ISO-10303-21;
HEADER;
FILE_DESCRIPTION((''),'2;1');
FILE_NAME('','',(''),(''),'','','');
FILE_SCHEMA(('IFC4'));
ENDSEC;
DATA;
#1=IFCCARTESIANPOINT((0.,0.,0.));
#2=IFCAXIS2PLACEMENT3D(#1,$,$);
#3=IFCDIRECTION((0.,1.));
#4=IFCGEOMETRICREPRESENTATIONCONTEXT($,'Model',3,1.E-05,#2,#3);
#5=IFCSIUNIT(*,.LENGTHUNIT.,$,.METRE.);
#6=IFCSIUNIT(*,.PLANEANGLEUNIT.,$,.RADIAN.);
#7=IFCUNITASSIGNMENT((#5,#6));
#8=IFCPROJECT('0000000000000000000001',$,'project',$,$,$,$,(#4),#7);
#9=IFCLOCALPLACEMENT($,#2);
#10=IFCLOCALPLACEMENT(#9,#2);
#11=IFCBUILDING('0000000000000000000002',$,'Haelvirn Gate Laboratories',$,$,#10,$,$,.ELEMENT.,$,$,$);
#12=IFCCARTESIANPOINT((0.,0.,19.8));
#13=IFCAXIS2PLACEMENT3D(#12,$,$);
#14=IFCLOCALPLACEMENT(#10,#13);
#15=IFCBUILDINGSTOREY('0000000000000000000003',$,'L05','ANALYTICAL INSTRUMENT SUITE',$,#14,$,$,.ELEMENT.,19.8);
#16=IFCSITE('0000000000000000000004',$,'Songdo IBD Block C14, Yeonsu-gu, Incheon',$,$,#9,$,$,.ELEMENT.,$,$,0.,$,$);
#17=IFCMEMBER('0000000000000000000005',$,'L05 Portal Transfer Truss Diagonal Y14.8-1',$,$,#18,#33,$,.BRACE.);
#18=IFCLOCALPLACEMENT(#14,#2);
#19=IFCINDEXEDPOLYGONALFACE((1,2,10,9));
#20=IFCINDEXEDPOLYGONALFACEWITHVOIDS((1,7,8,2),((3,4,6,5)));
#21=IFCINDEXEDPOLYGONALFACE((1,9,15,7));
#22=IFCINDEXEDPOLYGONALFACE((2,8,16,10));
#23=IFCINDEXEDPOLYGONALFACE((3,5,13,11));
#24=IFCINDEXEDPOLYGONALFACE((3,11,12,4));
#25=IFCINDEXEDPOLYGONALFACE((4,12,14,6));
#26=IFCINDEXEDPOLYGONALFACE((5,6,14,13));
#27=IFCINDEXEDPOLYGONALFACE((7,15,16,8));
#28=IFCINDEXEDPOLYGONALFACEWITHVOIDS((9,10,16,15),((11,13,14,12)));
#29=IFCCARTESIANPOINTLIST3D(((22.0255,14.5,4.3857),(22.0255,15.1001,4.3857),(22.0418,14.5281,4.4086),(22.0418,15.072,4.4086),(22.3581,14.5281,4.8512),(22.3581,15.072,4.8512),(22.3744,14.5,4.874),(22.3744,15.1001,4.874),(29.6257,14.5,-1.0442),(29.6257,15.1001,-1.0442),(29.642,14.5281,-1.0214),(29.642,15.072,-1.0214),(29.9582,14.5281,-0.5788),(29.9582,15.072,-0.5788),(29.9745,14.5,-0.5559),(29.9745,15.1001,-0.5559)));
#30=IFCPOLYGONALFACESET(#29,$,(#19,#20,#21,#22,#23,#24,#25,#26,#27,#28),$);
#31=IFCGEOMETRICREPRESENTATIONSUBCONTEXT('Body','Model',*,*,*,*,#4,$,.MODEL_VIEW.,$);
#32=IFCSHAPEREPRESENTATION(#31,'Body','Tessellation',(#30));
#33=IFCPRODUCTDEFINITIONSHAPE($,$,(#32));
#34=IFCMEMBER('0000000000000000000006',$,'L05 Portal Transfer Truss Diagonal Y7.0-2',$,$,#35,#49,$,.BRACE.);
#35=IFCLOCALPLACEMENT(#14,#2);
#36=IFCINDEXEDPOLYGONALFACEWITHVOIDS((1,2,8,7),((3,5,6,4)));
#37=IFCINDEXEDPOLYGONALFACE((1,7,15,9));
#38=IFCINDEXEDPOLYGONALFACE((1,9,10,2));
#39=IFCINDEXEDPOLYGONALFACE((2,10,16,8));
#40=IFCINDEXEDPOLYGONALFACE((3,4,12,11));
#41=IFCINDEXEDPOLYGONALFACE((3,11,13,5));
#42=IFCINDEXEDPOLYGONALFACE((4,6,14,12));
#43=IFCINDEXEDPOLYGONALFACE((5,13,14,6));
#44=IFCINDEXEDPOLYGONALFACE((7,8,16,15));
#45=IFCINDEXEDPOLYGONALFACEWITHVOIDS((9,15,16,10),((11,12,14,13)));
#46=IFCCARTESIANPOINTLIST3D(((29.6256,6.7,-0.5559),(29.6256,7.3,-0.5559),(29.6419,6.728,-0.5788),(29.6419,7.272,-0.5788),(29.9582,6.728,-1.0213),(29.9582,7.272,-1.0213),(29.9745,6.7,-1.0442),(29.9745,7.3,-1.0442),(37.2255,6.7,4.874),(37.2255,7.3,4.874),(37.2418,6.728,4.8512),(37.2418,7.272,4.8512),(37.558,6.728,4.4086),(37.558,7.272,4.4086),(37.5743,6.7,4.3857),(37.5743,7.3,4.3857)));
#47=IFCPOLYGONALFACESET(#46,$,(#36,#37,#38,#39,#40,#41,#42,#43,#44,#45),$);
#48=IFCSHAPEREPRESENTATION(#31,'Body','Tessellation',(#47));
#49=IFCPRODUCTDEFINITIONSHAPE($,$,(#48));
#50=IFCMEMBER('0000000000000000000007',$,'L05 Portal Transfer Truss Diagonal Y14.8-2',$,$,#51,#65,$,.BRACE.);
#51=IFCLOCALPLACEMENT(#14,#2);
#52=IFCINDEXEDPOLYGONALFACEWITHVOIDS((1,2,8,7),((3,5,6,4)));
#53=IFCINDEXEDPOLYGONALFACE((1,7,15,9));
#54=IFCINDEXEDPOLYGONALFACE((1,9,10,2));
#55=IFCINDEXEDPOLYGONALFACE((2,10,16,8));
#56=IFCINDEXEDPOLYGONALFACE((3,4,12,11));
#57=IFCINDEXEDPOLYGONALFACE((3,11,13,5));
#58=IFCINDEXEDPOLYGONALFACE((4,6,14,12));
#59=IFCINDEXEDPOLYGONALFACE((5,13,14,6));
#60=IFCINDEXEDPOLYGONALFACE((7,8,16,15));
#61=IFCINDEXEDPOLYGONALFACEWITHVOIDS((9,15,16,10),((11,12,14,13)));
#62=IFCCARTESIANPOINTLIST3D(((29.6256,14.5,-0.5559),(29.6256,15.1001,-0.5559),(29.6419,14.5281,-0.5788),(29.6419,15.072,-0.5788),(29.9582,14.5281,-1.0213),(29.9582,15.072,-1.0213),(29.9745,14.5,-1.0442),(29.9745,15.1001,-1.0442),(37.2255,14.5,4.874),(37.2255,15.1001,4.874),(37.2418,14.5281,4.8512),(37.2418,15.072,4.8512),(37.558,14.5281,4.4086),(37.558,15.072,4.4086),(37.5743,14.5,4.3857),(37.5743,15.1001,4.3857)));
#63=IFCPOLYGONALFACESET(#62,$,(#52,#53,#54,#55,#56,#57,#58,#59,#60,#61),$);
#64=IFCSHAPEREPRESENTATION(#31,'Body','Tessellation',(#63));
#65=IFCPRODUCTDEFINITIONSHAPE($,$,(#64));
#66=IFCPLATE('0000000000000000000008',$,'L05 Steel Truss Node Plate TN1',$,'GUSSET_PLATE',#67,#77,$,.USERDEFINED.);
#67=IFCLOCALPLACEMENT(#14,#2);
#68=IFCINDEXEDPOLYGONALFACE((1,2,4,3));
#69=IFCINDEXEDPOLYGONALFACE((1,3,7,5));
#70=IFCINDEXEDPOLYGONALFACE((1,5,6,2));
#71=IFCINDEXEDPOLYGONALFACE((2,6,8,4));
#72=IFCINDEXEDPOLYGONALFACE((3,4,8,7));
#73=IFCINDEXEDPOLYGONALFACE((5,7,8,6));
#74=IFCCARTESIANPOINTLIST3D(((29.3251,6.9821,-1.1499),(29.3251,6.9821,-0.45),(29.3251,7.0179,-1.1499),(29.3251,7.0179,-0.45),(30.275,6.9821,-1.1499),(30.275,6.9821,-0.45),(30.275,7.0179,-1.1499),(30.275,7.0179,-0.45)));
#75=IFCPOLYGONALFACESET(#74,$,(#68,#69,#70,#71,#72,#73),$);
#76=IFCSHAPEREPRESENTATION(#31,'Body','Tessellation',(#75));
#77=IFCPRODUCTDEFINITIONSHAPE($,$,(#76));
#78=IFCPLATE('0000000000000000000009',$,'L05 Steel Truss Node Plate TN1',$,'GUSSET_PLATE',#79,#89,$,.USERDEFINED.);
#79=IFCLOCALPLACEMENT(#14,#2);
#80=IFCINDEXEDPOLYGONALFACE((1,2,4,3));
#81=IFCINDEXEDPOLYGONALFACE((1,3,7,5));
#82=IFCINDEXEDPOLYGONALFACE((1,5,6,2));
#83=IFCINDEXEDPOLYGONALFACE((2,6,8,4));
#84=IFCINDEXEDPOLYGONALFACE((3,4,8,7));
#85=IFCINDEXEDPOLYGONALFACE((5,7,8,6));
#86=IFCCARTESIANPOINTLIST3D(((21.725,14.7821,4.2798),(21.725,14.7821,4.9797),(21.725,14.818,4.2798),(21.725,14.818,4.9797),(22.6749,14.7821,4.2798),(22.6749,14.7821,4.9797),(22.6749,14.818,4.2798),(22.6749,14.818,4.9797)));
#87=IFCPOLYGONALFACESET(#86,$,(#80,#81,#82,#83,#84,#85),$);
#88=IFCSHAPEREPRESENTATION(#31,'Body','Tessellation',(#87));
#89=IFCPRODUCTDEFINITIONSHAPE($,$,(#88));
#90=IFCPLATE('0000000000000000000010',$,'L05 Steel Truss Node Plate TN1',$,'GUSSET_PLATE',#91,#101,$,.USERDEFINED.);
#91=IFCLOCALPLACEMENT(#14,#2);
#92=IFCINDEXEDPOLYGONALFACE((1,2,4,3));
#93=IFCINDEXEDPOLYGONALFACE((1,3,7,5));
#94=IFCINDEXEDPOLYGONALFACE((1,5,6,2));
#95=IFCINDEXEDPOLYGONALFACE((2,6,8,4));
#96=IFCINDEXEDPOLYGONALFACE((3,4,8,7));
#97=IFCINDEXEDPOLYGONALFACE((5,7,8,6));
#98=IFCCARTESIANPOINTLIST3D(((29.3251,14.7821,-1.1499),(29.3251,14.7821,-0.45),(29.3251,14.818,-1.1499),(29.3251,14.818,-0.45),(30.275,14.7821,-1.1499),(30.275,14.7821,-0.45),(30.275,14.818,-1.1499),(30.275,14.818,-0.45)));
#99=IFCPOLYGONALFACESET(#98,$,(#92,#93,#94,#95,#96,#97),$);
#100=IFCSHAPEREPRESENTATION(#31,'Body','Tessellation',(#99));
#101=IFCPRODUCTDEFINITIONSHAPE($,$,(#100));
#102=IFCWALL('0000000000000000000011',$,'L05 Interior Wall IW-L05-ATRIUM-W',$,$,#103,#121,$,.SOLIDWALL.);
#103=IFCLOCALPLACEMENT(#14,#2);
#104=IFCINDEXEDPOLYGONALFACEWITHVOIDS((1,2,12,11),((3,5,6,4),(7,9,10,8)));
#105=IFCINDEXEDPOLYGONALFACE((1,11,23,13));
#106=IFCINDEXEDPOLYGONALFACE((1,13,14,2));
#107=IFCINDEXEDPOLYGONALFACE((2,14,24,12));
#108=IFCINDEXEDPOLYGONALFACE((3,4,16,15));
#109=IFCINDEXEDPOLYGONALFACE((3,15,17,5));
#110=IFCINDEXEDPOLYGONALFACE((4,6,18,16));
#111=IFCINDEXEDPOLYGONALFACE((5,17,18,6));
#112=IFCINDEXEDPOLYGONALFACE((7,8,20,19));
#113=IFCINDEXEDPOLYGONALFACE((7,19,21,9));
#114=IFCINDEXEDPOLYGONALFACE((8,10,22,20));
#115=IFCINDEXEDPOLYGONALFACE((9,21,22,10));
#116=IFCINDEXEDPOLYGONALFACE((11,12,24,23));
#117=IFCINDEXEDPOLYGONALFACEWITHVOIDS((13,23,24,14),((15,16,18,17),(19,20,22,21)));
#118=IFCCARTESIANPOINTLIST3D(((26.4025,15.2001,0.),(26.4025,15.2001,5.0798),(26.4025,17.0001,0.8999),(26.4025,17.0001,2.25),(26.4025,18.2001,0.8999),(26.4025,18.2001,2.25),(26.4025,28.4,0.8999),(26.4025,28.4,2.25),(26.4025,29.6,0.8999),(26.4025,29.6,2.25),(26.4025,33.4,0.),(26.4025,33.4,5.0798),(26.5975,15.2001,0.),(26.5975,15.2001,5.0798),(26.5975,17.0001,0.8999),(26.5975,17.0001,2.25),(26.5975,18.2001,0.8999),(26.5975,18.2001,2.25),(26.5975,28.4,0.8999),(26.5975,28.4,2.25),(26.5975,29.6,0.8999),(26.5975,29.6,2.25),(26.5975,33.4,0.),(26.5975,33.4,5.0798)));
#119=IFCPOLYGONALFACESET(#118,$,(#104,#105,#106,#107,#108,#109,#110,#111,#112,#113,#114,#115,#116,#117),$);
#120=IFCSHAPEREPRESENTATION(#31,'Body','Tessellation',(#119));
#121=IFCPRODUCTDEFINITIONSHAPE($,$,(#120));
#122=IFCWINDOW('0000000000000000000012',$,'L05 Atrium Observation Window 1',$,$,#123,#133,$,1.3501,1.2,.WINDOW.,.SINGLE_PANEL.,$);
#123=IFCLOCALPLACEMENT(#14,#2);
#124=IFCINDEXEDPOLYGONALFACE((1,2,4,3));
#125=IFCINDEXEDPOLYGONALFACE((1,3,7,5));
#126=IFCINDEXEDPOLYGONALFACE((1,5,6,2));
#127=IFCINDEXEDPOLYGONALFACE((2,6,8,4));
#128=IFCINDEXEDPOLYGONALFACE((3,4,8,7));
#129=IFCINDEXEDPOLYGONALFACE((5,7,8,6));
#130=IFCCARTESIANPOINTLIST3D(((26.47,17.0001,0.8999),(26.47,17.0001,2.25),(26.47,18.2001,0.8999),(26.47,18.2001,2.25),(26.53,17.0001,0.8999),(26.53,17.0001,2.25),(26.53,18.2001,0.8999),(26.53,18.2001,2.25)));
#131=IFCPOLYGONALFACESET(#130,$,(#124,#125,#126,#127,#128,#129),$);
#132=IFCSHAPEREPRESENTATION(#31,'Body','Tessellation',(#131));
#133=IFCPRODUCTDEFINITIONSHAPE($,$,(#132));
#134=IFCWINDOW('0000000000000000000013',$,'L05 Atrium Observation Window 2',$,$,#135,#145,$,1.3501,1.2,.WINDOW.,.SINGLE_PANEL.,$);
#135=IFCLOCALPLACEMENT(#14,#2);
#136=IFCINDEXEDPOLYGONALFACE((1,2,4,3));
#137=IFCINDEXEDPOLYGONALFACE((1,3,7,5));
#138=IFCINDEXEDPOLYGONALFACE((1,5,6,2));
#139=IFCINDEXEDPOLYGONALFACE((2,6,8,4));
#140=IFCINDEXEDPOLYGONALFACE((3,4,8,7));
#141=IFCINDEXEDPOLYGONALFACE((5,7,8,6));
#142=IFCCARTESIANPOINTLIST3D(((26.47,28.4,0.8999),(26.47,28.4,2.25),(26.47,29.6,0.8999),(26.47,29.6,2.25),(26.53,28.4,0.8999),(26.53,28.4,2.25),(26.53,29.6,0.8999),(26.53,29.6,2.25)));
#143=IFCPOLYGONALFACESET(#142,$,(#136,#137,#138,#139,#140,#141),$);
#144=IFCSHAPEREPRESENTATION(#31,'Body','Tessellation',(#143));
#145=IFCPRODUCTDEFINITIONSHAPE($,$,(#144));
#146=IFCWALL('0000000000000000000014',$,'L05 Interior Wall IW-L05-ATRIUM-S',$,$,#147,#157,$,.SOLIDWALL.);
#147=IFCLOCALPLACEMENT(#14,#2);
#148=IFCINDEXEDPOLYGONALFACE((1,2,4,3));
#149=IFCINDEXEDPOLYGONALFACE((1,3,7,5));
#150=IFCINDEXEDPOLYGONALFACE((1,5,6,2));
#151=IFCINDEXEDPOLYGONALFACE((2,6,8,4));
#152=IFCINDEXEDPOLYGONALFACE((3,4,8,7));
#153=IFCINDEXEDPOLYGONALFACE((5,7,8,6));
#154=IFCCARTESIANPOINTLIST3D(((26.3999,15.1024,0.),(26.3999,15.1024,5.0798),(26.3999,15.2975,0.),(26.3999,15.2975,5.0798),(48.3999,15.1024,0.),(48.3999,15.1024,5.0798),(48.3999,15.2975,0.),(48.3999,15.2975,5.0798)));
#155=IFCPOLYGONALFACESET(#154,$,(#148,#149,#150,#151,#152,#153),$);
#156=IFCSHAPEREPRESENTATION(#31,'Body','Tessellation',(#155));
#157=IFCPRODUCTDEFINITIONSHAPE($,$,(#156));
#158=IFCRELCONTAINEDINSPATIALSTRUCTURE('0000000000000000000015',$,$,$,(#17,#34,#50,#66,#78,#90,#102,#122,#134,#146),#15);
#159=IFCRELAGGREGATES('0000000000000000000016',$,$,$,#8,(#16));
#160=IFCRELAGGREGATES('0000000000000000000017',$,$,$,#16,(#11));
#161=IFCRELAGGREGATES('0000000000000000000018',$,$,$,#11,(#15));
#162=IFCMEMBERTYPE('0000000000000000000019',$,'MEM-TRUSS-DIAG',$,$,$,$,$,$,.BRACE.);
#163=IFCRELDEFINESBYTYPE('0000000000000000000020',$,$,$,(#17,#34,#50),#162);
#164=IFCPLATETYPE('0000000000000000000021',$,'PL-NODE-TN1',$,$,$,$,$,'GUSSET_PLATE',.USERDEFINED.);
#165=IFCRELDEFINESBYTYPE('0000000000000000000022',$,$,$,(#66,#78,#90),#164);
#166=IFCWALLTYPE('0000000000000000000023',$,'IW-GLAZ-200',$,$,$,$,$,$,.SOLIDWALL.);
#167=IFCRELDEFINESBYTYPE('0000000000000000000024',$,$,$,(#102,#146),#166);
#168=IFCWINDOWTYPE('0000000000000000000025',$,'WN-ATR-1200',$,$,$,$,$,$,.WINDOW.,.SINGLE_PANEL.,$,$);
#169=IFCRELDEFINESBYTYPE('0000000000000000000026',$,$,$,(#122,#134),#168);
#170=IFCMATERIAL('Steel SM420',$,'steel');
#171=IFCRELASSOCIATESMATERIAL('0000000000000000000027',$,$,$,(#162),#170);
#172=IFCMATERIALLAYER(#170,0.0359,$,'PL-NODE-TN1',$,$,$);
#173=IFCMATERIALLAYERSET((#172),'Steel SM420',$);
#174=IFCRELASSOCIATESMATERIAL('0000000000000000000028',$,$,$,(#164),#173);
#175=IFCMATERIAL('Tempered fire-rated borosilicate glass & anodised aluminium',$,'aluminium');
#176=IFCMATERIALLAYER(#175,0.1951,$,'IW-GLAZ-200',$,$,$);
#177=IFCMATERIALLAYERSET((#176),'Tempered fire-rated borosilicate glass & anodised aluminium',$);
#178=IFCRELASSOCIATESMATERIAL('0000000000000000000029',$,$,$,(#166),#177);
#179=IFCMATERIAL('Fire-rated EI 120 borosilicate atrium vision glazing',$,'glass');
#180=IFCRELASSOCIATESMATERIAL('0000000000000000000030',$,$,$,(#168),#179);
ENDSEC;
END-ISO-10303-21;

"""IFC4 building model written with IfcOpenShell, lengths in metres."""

from ifc_helpers import new_model, si_unit, direction, frame, frame_2d, origin, origin_2d, place, context, subcontext, project, spatial, rectangle, hollow_rectangle, extrude, source, transform, mapped, material, layer, layer_set, material_profile, profile_set, type_object, type_shapes, element, fill, save


model = new_model("IFC4")

# Units and contexts
model_context = context("Model", 3, precision=1e-05, world=origin(), true_north=direction((0.0, 1.0)))
body_context = subcontext(model_context, "Body", "Model", "MODEL_VIEW")
ifc_project = project(units=[si_unit("LENGTHUNIT", "METRE"), si_unit("PLANEANGLEUNIT", "RADIAN")], contexts=[model_context])

# Site, building, storey
site_placement = place(None, origin())
site = spatial("IfcSite", under=ifc_project, at=site_placement, Name="Songdo IBD Block C14, Yeonsu-gu, Incheon", CompositionType="ELEMENT", RefElevation=0.0)
building_placement = place(site_placement, origin())
building = spatial("IfcBuilding", under=site, at=building_placement, Name="Haelvirn Gate Laboratories", CompositionType="ELEMENT")
storey_placement = place(building_placement, frame((0.0, 0.0, 19.8)))
storey = spatial("IfcBuildingStorey", under=building, at=storey_placement, Name="L05", Description="ANALYTICAL INSTRUMENT SUITE", CompositionType="ELEMENT", Elevation=19.8)

# Shared definitions
ifc_material_1 = material(Name="Steel SM420", Category="steel")

# Members
ifc_material_profile_1 = material_profile(ifc_material_1, hollow_rectangle(XDim=0.6001, YDim=0.6001, WallThickness=0.0281, at=origin_2d()), Name="BOX-600x600x28")
ifc_profile_set_1 = profile_set([ifc_material_profile_1], Name="Steel SM420")
member_type = type_object("IfcMemberType", Name="MEM-TRUSS-DIAG", PredefinedType="BRACE", material=ifc_profile_set_1)
shared_shape_1 = source(origin(), body_context, "Body", "SweptSolid", [
    extrude(hollow_rectangle(XDim=0.6001, YDim=0.6001, WallThickness=0.0281, at=origin_2d()), origin(), (0.0, 0.0, 1.0), 9.3406),
])
member_placement = place(storey_placement, frame((22.2, 14.8, 4.6299), z_axis=(0.813668, 0.0, -0.58133), x_axis=(0.0, 1.0, 0.0)))
element("IfcMember", 1, at=member_placement, inside=storey, type_object=member_type, Name="L05 Portal Transfer Truss Diagonal Y14.8-1", PredefinedType="BRACE", context=body_context, shape_type="MappedRepresentation", body=[
    mapped(shared_shape_1, transform((0.0, 0.0, 0.0), scale=1.0)),
])
shared_shape_2 = source(origin(), body_context, "Body", "SweptSolid", [
    extrude(hollow_rectangle(XDim=0.6001, YDim=0.6001, WallThickness=0.0281, at=origin_2d()), origin(), (0.0, 0.0, 1.0), 9.3403),
])
type_shapes(member_type, [shared_shape_1, shared_shape_2])
for number, where, z_axis, x_axis, name in (
    (2, (29.8, 7.0, -0.8), (0.813659, 0.0, 0.581342), (0.0, 1.0, 0.0), "L05 Portal Transfer Truss Diagonal Y7.0-2"),
    (3, (29.8, 14.8, -0.8), (0.813659, 0.0, 0.581342), (0.0, 1.0, 0.0), "L05 Portal Transfer Truss Diagonal Y14.8-2"),
):
    element("IfcMember", number, at=place(storey_placement, frame(where, z_axis=z_axis, x_axis=x_axis)), inside=storey, type_object=member_type, Name=name, PredefinedType="BRACE", context=body_context, shape_type="MappedRepresentation", body=[
        mapped(shared_shape_2, transform((0.0, 0.0, 0.0), scale=1.0)),
    ])

# Plates
ifc_layer_1 = layer(ifc_material_1, 0.0359, Name="PL-NODE-TN1")
ifc_layer_set_1 = layer_set([ifc_layer_1], Name="Steel SM420")
plate_type = type_object("IfcPlateType", Name="PL-NODE-TN1", ElementType="GUSSET_PLATE", PredefinedType="USERDEFINED", material=ifc_layer_set_1)
shared_shape_3 = source(origin(), body_context, "Body", "SweptSolid", [
    extrude(rectangle(XDim=0.95, YDim=0.0359, at=origin_2d()), origin(), (0.0, 0.0, 1.0), 0.7),
])
type_shapes(plate_type, [shared_shape_3])
for number, where, z_axis, x_axis, name in (
    (4, (29.8, 7.0, -1.1499), (0.0, 0.0, 1.0), (1.0, 0.0, 0.0), "L05 Steel Truss Node Plate TN1"),
    (5, (22.2, 14.8, 4.2798), (0.0, 0.0, 1.0), (1.0, 0.0, 0.0), "L05 Steel Truss Node Plate TN1"),
    (6, (29.8, 14.8, -1.1499), (0.0, 0.0, 1.0), (1.0, 0.0, 0.0), "L05 Steel Truss Node Plate TN1"),
):
    element("IfcPlate", number, at=place(storey_placement, frame(where, z_axis=z_axis, x_axis=x_axis)), inside=storey, type_object=plate_type, Name=name, ObjectType="GUSSET_PLATE", PredefinedType="USERDEFINED", context=body_context, shape_type="MappedRepresentation", body=[
        mapped(shared_shape_3, transform((0.0, 0.0, 0.0), scale=1.0)),
    ])

# Wall, openings, windows
ifc_material_2 = material(Name="Tempered fire-rated borosilicate glass & anodised aluminium", Category="aluminium")
ifc_layer_2 = layer(ifc_material_2, 0.1951, Name="IW-GLAZ-200")
ifc_layer_set_2 = layer_set([ifc_layer_2], Name="Tempered fire-rated borosilicate glass & anodised aluminium")
wall_type_1 = type_object("IfcWallType", Name="IW-GLAZ-200", PredefinedType="SOLIDWALL", material=ifc_layer_set_2)
wall_1_placement = place(storey_placement, frame((26.5, 15.2, 0.0), z_axis=(0.0, 0.0, 1.0), x_axis=(0.0, 1.0, 0.0)))
wall_1 = element("IfcWall", 7, at=wall_1_placement, inside=storey, type_object=wall_type_1, Name="L05 Interior Wall IW-L05-ATRIUM-W", PredefinedType="SOLIDWALL", context=body_context, shape_type="SweptSolid", body=[
    extrude(rectangle(XDim=18.2, YDim=0.1951, at=frame_2d((9.1001, 0.0))), origin(), (0.0, 0.0, 1.0), 5.0798),
])
opening_1_placement = place(wall_1_placement, frame((1.8, 0.0, 0.8999)))
opening_1 = element("IfcOpeningElement", 8, at=opening_1_placement, cuts=wall_1, PredefinedType="OPENING", context=body_context, shape_type="SweptSolid", body=[
    extrude(rectangle(XDim=1.2, YDim=1.3501, at=frame_2d((0.6001, 0.675))), frame((0.0, 0.1074, 0.0), z_axis=(0.0, -1.0, 0.0), x_axis=(1.0, 0.0, 0.0)), (0.0, 0.0, 1.0), 0.2151),
])
opening_2_placement = place(wall_1_placement, frame((13.2, 0.0, 0.8999)))
opening_2 = element("IfcOpeningElement", 9, at=opening_2_placement, cuts=wall_1, PredefinedType="OPENING", context=body_context, shape_type="SweptSolid", body=[
    extrude(rectangle(XDim=1.2, YDim=1.3501, at=frame_2d((0.6001, 0.675))), frame((0.0, 0.1074, 0.0), z_axis=(0.0, -1.0, 0.0), x_axis=(1.0, 0.0, 0.0)), (0.0, 0.0, 1.0), 0.2151),
])
ifc_material_3 = material(Name="Fire-rated EI 120 borosilicate atrium vision glazing", Category="glass")
window_type = type_object("IfcWindowType", Name="WN-ATR-1200", PartitioningType="SINGLE_PANEL", PredefinedType="WINDOW", material=ifc_material_3)
shared_shape_4 = source(origin(), body_context, "Body", "SweptSolid", [
    extrude(rectangle(XDim=1.2, YDim=1.3501, at=frame_2d((0.6001, 0.675))), frame((0.0, 0.03, 0.0), z_axis=(0.0, -1.0, 0.0), x_axis=(1.0, 0.0, 0.0)), (0.0, 0.0, 1.0), 0.0601),
])
type_shapes(window_type, [shared_shape_4])
window_1_placement = place(opening_1_placement, origin())
window_1 = element("IfcWindow", 10, at=window_1_placement, inside=storey, type_object=window_type, Name="L05 Atrium Observation Window 1", OverallHeight=1.3501, OverallWidth=1.2, PartitioningType="SINGLE_PANEL", PredefinedType="WINDOW", context=body_context, shape_type="MappedRepresentation", body=[
    mapped(shared_shape_4, transform((0.0, 0.0, 0.0), scale=1.0)),
])
fill(opening_1, window_1)
window_2_placement = place(opening_2_placement, origin())
window_2 = element("IfcWindow", 11, at=window_2_placement, inside=storey, type_object=window_type, Name="L05 Atrium Observation Window 2", OverallHeight=1.3501, OverallWidth=1.2, PartitioningType="SINGLE_PANEL", PredefinedType="WINDOW", context=body_context, shape_type="MappedRepresentation", body=[
    mapped(shared_shape_4, transform((0.0, 0.0, 0.0), scale=1.0)),
])
fill(opening_2, window_2)

# Wall
wall_2_placement = place(storey_placement, frame((26.3999, 15.2, 0.0), z_axis=(0.0, 0.0, 1.0), x_axis=(1.0, 0.0, 0.0)))
element("IfcWall", 12, at=wall_2_placement, inside=storey, type_object=wall_type_1, Name="L05 Interior Wall IW-L05-ATRIUM-S", PredefinedType="SOLIDWALL", context=body_context, shape_type="SweptSolid", body=[
    extrude(rectangle(XDim=22.0, YDim=0.1951, at=frame_2d((11.0, 0.0))), origin(), (0.0, 0.0, 1.0), 5.0798),
])

save(model, "model.ifc")
